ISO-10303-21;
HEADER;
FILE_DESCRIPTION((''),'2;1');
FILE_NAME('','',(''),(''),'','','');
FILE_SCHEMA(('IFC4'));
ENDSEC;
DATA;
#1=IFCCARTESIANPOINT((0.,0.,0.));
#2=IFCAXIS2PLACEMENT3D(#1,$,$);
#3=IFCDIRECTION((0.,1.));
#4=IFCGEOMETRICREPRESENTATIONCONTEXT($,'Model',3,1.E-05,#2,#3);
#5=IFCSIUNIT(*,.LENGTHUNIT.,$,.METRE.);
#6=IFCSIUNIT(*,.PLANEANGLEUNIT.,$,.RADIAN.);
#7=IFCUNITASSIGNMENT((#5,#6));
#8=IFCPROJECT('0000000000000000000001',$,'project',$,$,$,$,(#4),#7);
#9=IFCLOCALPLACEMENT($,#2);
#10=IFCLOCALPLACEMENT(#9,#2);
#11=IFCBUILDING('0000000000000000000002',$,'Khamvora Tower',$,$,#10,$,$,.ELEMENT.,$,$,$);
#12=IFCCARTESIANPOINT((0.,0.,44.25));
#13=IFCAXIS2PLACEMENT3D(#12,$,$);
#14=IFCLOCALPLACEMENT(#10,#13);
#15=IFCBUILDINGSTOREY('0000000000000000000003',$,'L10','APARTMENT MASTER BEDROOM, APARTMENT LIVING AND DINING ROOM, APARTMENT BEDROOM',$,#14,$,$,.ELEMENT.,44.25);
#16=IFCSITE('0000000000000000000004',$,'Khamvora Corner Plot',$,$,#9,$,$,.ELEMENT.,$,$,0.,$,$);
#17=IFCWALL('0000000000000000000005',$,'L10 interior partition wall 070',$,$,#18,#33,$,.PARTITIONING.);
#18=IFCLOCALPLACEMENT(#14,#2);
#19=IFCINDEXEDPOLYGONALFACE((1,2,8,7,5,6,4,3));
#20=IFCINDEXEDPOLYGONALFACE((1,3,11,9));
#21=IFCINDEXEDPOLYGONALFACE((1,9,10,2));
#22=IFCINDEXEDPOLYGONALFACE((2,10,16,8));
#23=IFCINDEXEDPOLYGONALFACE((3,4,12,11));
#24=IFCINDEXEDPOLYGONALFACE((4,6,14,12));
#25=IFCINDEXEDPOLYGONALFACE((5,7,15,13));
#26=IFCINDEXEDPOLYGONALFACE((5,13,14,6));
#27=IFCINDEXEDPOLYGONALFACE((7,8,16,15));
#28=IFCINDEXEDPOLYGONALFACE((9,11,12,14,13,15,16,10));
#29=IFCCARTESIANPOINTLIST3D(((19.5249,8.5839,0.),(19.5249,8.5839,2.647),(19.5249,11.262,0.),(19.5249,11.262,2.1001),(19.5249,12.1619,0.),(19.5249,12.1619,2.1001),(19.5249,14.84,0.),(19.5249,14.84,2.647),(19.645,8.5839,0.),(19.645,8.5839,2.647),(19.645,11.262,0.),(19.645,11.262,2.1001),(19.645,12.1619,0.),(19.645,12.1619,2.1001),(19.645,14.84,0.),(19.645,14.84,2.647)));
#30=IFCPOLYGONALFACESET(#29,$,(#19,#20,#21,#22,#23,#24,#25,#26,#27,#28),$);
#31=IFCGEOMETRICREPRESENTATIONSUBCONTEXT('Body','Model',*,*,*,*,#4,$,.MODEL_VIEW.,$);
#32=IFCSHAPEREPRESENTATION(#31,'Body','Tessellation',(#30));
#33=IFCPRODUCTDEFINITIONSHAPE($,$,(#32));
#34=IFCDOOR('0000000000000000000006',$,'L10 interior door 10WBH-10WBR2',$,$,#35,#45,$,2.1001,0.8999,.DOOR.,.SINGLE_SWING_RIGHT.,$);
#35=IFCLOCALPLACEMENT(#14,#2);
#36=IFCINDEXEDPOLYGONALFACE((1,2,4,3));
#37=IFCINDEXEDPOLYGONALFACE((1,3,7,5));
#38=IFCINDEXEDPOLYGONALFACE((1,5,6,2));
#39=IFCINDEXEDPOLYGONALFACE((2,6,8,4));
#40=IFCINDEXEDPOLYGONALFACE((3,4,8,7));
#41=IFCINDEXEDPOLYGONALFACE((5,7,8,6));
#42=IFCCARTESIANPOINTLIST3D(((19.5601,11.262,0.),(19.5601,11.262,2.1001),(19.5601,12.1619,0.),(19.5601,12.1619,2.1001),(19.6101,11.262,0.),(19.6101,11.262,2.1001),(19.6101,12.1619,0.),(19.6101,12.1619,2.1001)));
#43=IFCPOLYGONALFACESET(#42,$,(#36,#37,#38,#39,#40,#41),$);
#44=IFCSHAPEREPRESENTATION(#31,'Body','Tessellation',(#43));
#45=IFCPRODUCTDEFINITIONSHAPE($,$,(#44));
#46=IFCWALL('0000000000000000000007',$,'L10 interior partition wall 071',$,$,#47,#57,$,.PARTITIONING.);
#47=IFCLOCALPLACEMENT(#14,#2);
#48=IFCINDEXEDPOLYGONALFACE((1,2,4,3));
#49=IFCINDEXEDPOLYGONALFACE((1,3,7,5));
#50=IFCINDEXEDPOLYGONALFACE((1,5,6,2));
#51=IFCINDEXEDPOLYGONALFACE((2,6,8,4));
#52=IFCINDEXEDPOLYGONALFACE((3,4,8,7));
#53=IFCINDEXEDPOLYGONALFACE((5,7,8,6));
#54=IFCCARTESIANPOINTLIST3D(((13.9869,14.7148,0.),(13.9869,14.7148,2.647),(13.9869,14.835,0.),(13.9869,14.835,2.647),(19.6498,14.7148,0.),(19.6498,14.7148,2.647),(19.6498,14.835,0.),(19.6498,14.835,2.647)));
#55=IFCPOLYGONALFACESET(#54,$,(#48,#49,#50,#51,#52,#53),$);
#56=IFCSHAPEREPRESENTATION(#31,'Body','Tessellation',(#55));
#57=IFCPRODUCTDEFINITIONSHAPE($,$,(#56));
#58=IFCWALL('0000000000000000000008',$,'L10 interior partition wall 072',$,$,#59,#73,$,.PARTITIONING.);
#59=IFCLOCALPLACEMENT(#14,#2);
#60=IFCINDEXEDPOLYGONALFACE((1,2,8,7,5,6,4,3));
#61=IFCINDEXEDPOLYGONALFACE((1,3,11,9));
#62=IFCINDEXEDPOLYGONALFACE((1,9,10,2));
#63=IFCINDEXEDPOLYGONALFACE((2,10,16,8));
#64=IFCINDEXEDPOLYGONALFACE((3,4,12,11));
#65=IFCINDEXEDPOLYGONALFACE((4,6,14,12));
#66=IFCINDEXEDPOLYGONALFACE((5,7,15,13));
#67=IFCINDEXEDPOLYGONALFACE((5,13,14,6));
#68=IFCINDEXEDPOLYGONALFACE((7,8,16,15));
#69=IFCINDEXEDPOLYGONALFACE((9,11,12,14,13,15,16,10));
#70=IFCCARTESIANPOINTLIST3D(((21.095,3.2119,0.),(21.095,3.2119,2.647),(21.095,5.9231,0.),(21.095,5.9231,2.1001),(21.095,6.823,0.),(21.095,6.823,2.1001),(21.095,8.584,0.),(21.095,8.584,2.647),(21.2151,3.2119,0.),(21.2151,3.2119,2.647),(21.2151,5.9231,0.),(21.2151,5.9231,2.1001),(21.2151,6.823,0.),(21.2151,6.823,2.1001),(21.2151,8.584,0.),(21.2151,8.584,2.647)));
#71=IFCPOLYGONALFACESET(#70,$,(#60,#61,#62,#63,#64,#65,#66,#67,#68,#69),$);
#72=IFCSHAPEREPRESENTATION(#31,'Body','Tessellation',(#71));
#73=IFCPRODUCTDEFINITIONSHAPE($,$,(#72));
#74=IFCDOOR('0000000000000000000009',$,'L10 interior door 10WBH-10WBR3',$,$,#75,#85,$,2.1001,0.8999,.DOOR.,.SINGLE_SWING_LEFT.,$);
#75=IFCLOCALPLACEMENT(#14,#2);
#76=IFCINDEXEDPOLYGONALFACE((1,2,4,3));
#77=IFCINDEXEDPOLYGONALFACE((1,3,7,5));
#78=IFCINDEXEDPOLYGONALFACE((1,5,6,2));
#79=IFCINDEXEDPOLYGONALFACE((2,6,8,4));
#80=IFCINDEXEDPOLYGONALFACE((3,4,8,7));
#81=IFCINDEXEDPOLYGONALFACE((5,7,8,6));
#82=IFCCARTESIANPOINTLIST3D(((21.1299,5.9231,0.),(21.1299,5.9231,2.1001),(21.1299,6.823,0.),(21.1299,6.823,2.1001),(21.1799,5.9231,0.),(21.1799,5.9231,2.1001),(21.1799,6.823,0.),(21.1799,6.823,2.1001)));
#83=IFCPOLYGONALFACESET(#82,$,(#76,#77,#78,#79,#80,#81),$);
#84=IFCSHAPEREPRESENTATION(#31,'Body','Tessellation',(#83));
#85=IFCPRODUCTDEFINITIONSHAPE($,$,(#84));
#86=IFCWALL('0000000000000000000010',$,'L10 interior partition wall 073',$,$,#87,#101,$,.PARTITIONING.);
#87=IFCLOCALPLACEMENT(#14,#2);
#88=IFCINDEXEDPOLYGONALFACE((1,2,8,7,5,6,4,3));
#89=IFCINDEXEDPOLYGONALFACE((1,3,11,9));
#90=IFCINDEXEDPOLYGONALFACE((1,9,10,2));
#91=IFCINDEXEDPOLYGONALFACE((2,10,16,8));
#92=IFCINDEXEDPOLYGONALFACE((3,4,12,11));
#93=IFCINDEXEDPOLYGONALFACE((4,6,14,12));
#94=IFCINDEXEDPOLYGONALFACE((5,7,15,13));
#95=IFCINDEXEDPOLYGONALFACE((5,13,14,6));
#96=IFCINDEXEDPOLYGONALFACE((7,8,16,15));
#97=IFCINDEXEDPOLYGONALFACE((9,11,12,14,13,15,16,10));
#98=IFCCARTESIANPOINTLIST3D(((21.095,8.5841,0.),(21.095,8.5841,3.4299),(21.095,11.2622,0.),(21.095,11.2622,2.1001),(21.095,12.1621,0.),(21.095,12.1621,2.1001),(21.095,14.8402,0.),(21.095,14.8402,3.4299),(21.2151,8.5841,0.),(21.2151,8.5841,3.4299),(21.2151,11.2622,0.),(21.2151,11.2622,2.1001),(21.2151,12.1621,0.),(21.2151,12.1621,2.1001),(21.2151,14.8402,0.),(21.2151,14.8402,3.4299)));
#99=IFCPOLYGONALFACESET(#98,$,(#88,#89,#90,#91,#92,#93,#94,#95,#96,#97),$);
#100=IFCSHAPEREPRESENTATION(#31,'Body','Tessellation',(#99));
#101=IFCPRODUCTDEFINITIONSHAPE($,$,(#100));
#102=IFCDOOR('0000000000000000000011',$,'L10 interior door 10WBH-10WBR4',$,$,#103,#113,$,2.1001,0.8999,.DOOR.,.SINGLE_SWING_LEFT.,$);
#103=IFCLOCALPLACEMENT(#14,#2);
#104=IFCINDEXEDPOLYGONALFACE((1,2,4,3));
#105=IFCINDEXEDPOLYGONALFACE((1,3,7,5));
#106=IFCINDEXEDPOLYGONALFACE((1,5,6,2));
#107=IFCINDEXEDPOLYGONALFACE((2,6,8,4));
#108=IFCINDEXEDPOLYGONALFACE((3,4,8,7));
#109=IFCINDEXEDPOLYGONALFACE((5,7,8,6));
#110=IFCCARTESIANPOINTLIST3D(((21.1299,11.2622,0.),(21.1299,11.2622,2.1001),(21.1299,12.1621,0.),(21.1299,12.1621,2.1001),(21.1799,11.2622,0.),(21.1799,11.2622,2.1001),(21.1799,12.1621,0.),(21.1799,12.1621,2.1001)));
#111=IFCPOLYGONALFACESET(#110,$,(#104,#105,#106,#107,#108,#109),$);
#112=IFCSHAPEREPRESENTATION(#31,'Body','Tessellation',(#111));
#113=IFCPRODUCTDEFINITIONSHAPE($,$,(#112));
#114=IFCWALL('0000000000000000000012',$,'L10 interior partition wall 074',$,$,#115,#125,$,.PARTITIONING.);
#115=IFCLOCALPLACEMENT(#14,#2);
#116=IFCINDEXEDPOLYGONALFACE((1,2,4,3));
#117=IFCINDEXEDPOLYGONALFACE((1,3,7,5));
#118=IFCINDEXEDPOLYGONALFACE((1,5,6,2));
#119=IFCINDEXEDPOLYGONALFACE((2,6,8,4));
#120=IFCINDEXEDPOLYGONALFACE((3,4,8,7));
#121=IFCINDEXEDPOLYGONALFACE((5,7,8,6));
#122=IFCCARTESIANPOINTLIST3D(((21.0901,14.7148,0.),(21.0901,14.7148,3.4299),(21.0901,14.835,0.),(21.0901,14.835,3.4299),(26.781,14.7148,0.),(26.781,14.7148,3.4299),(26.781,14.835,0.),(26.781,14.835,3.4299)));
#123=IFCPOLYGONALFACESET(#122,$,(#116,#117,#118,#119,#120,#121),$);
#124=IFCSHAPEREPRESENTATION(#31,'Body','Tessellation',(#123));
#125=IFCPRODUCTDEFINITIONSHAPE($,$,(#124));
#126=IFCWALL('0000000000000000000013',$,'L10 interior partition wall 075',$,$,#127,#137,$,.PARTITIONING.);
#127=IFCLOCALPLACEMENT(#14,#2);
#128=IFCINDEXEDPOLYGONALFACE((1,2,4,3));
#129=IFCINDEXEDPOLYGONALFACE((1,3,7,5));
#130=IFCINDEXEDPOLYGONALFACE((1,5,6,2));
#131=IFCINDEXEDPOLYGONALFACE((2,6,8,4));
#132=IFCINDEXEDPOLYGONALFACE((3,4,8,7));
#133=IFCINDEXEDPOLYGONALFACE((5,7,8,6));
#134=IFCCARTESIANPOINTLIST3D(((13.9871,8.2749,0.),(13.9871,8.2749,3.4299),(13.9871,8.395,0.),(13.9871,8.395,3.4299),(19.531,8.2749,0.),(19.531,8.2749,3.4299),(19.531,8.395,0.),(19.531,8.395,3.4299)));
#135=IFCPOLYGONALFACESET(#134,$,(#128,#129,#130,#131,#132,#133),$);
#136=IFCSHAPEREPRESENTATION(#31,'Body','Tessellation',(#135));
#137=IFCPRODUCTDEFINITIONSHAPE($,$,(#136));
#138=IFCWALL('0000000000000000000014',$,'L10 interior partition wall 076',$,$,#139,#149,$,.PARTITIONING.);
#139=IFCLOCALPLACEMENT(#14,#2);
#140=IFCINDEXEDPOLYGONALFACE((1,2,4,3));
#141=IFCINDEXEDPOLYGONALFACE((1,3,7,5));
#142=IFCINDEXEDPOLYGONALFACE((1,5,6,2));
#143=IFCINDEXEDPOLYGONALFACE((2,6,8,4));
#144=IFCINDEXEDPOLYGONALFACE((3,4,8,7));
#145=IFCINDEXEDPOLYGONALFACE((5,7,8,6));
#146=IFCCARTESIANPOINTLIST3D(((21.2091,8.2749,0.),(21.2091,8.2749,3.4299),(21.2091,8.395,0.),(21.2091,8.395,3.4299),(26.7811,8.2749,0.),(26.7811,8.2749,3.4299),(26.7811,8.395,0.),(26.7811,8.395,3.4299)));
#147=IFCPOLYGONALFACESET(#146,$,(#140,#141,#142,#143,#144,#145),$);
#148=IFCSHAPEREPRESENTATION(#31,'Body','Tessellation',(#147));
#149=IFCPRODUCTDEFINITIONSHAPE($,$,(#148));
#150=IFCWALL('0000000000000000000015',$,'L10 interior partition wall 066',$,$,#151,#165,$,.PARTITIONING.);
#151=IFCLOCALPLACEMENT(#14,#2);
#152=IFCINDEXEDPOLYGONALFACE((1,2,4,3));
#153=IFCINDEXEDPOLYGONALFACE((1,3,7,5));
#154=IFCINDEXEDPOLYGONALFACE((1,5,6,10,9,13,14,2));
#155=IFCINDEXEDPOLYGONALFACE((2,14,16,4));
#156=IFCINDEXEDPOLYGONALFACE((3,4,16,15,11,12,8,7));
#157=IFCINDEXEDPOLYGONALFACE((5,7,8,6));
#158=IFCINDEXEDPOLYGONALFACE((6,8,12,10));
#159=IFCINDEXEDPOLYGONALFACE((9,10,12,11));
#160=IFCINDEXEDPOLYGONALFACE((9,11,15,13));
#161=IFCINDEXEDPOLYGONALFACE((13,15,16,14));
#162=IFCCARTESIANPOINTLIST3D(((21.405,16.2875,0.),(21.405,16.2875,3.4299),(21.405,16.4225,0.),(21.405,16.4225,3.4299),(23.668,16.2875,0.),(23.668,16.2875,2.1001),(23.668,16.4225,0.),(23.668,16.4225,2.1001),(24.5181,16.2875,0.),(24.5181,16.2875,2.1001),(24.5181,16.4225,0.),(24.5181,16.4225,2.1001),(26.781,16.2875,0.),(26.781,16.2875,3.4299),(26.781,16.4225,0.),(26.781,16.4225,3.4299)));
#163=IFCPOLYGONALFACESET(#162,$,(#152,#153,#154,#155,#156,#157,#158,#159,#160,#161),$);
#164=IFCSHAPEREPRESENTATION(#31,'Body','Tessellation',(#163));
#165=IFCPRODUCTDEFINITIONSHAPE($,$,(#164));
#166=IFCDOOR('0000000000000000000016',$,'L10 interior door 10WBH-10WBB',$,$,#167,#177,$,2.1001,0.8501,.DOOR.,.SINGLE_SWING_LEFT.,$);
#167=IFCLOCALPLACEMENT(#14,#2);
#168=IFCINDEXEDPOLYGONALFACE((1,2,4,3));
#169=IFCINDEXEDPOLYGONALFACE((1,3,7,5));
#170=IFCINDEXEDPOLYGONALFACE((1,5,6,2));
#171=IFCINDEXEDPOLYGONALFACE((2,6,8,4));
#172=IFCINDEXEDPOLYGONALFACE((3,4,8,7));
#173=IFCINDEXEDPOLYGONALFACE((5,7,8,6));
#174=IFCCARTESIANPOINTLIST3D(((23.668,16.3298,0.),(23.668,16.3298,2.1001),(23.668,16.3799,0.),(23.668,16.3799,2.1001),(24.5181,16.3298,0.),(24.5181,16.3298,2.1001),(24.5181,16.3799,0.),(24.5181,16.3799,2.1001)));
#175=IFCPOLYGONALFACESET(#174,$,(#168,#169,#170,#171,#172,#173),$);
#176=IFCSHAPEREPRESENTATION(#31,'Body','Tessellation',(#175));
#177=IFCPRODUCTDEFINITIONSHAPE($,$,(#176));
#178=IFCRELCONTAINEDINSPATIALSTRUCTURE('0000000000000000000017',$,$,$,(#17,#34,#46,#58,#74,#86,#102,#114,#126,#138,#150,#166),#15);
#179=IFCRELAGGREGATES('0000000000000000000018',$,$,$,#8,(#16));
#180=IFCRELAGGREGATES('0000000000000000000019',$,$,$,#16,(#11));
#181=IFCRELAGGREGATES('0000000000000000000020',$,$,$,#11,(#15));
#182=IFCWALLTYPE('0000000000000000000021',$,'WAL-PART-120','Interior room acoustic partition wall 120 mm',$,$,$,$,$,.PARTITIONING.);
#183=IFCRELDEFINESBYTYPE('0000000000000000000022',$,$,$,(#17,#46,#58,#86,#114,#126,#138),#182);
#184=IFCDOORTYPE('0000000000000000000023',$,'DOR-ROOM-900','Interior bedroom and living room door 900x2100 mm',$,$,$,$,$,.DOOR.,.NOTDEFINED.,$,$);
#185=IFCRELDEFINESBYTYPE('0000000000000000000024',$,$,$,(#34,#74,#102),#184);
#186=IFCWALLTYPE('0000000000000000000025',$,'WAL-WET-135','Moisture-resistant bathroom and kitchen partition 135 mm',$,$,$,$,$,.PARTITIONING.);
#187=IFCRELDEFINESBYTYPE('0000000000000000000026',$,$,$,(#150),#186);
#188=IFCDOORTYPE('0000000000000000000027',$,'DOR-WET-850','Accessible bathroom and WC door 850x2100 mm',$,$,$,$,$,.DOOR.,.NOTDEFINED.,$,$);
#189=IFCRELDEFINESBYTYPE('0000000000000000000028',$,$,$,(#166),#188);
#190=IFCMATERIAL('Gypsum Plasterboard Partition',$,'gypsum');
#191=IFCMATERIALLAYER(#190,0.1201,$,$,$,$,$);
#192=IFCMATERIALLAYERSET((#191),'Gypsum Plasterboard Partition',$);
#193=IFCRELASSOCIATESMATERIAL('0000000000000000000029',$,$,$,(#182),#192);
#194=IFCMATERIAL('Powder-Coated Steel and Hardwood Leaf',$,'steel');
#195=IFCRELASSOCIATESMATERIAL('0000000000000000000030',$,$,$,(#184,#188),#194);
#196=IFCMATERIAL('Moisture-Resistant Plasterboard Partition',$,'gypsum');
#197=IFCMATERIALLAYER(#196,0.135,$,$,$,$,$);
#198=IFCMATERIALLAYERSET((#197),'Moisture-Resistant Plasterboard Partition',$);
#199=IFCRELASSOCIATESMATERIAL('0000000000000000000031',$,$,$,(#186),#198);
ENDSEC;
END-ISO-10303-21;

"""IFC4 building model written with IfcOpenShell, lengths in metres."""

from ifc_helpers import new_model, si_unit, direction, frame, frame_2d, origin, place, context, subcontext, project, spatial, rectangle, extrude, material, layer, layer_set, type_object, element, fill, save


model = new_model("IFC4")

# Units and contexts
model_context = context("Model", 3, precision=1e-05, world=origin(), true_north=direction((0.0, 1.0)))
body_context = subcontext(model_context, "Body", "Model", "MODEL_VIEW")
ifc_project = project(units=[si_unit("LENGTHUNIT", "METRE"), si_unit("PLANEANGLEUNIT", "RADIAN")], contexts=[model_context])

# Site, building, storey
site_placement = place(None, origin())
site = spatial("IfcSite", under=ifc_project, at=site_placement, Name="Khamvora Corner Plot", CompositionType="ELEMENT", RefElevation=0.0)
building_placement = place(site_placement, origin())
building = spatial("IfcBuilding", under=site, at=building_placement, Name="Khamvora Tower", CompositionType="ELEMENT")
storey_placement = place(building_placement, frame((0.0, 0.0, 44.25)))
storey = spatial("IfcBuildingStorey", under=building, at=storey_placement, Name="L10", Description="APARTMENT MASTER BEDROOM, APARTMENT LIVING AND DINING ROOM, APARTMENT BEDROOM", CompositionType="ELEMENT", Elevation=44.25)

# Shared definitions
ifc_material_1 = material(Name="Gypsum Plasterboard Partition", Category="gypsum")
ifc_layer_1 = layer(ifc_material_1, 0.1201)
ifc_layer_set_1 = layer_set([ifc_layer_1], Name="Gypsum Plasterboard Partition")
wall_type_1 = type_object("IfcWallType", Name="WAL-PART-120", Description="Interior room acoustic partition wall 120 mm", PredefinedType="PARTITIONING", material=ifc_layer_set_1)

# Wall, opening, door
ifc_material_2 = material(Name="Powder-Coated Steel and Hardwood Leaf", Category="steel")
door_type_1 = type_object("IfcDoorType", Name="DOR-ROOM-900", Description="Interior bedroom and living room door 900x2100 mm", OperationType="NOTDEFINED", PredefinedType="DOOR", material=ifc_material_2)
wall_1_placement = place(storey_placement, frame((19.585, 8.584, 0.0), z_axis=(0.0, 0.0, 1.0), x_axis=(0.0, 1.0, 0.0)))
wall_1 = element("IfcWall", 1, at=wall_1_placement, inside=storey, type_object=wall_type_1, Name="L10 interior partition wall 070", PredefinedType="PARTITIONING", context=body_context, shape_type="SweptSolid", body=[
    extrude(rectangle(XDim=6.2561, YDim=0.1201, at=frame_2d((3.1279, 0.0))), origin(), (0.0, 0.0, 1.0), 2.647),
])
opening_1_placement = place(wall_1_placement, frame((2.678, 0.0, 0.0)))
opening_1 = element("IfcOpeningElement", 2, at=opening_1_placement, cuts=wall_1, PredefinedType="OPENING", context=body_context, shape_type="SweptSolid", body=[
    extrude(rectangle(XDim=0.8999, YDim=2.1001, at=frame_2d((0.45, 1.05))), frame((0.0, 0.0701, 0.0), z_axis=(0.0, -1.0, 0.0), x_axis=(1.0, 0.0, 0.0)), (0.0, 0.0, 1.0), 0.1401),
])
door_1_placement = place(opening_1_placement, origin())
door_1 = element("IfcDoor", 3, at=door_1_placement, inside=storey, type_object=door_type_1, Name="L10 interior door 10WBH-10WBR2", OperationType="SINGLE_SWING_RIGHT", OverallHeight=2.1001, OverallWidth=0.8999, PredefinedType="DOOR", context=body_context, shape_type="SweptSolid", body=[
    extrude(rectangle(XDim=0.8999, YDim=2.1001, at=frame_2d((0.45, 1.05))), frame((0.0, 0.0249, 0.0), z_axis=(0.0, -1.0, 0.0), x_axis=(1.0, 0.0, 0.0)), (0.0, 0.0, 1.0), 0.05),
])
fill(opening_1, door_1)

# Wall
wall_2_placement = place(storey_placement, frame((19.6499, 14.7749, 0.0), z_axis=(0.0, 0.0, 1.0), x_axis=(-1.0, 0.0, 0.0)))
element("IfcWall", 4, at=wall_2_placement, inside=storey, type_object=wall_type_1, Name="L10 interior partition wall 071", PredefinedType="PARTITIONING", context=body_context, shape_type="SweptSolid", body=[
    extrude(rectangle(XDim=5.6628, YDim=0.1201, at=frame_2d((2.8315, 0.0))), origin(), (0.0, 0.0, 1.0), 2.647),
])

# Walls, openings, doors
wall_3_placement = place(storey_placement, frame((21.155, 8.584, 0.0), z_axis=(0.0, 0.0, 1.0), x_axis=(0.0, -1.0, 0.0)))
wall_3 = element("IfcWall", 5, at=wall_3_placement, inside=storey, type_object=wall_type_1, Name="L10 interior partition wall 072", PredefinedType="PARTITIONING", context=body_context, shape_type="SweptSolid", body=[
    extrude(rectangle(XDim=5.3721, YDim=0.1201, at=frame_2d((2.686, 0.0))), origin(), (0.0, 0.0, 1.0), 2.647),
])
opening_2_placement = place(wall_3_placement, frame((1.761, 0.0, 0.0)))
opening_2 = element("IfcOpeningElement", 6, at=opening_2_placement, cuts=wall_3, PredefinedType="OPENING", context=body_context, shape_type="SweptSolid", body=[
    extrude(rectangle(XDim=0.8999, YDim=2.1001, at=frame_2d((0.45, 1.05))), frame((0.0, 0.0701, 0.0), z_axis=(0.0, -1.0, 0.0), x_axis=(1.0, 0.0, 0.0)), (0.0, 0.0, 1.0), 0.1401),
])
door_2_placement = place(opening_2_placement, origin())
door_2 = element("IfcDoor", 7, at=door_2_placement, inside=storey, type_object=door_type_1, Name="L10 interior door 10WBH-10WBR3", OperationType="SINGLE_SWING_LEFT", OverallHeight=2.1001, OverallWidth=0.8999, PredefinedType="DOOR", context=body_context, shape_type="SweptSolid", body=[
    extrude(rectangle(XDim=0.8999, YDim=2.1001, at=frame_2d((0.45, 1.05))), frame((0.0, 0.0249, 0.0), z_axis=(0.0, -1.0, 0.0), x_axis=(1.0, 0.0, 0.0)), (0.0, 0.0, 1.0), 0.05),
])
fill(opening_2, door_2)
wall_4_placement = place(storey_placement, frame((21.155, 14.8401, 0.0), z_axis=(0.0, 0.0, 1.0), x_axis=(0.0, -1.0, 0.0)))
wall_4 = element("IfcWall", 8, at=wall_4_placement, inside=storey, type_object=wall_type_1, Name="L10 interior partition wall 073", PredefinedType="PARTITIONING", context=body_context, shape_type="SweptSolid", body=[
    extrude(rectangle(XDim=6.2561, YDim=0.1201, at=frame_2d((3.1279, 0.0))), origin(), (0.0, 0.0, 1.0), 3.4299),
])
opening_3_placement = place(wall_4_placement, frame((2.678, 0.0, 0.0)))
opening_3 = element("IfcOpeningElement", 9, at=opening_3_placement, cuts=wall_4, PredefinedType="OPENING", context=body_context, shape_type="SweptSolid", body=[
    extrude(rectangle(XDim=0.8999, YDim=2.1001, at=frame_2d((0.45, 1.05))), frame((0.0, 0.0701, 0.0), z_axis=(0.0, -1.0, 0.0), x_axis=(1.0, 0.0, 0.0)), (0.0, 0.0, 1.0), 0.1401),
])
door_3_placement = place(opening_3_placement, origin())
door_3 = element("IfcDoor", 10, at=door_3_placement, inside=storey, type_object=door_type_1, Name="L10 interior door 10WBH-10WBR4", OperationType="SINGLE_SWING_LEFT", OverallHeight=2.1001, OverallWidth=0.8999, PredefinedType="DOOR", context=body_context, shape_type="SweptSolid", body=[
    extrude(rectangle(XDim=0.8999, YDim=2.1001, at=frame_2d((0.45, 1.05))), frame((0.0, 0.0249, 0.0), z_axis=(0.0, -1.0, 0.0), x_axis=(1.0, 0.0, 0.0)), (0.0, 0.0, 1.0), 0.05),
])
fill(opening_3, door_3)

# Walls
wall_5_placement = place(storey_placement, frame((26.781, 14.7749, 0.0), z_axis=(0.0, 0.0, 1.0), x_axis=(-1.0, 0.0, 0.0)))
element("IfcWall", 11, at=wall_5_placement, inside=storey, type_object=wall_type_1, Name="L10 interior partition wall 074", PredefinedType="PARTITIONING", context=body_context, shape_type="SweptSolid", body=[
    extrude(rectangle(XDim=5.6909, YDim=0.1201, at=frame_2d((2.8455, 0.0))), origin(), (0.0, 0.0, 1.0), 3.4299),
])
wall_6_placement = place(storey_placement, frame((13.9871, 8.335, 0.0), z_axis=(0.0, 0.0, 1.0), x_axis=(1.0, 0.0, 0.0)))
element("IfcWall", 12, at=wall_6_placement, inside=storey, type_object=wall_type_1, Name="L10 interior partition wall 075", PredefinedType="PARTITIONING", context=body_context, shape_type="SweptSolid", body=[
    extrude(rectangle(XDim=5.5439, YDim=0.1201, at=frame_2d((2.772, 0.0))), origin(), (0.0, 0.0, 1.0), 3.4299),
])
wall_7_placement = place(storey_placement, frame((21.209, 8.335, 0.0), z_axis=(0.0, 0.0, 1.0), x_axis=(1.0, 0.0, 0.0)))
element("IfcWall", 13, at=wall_7_placement, inside=storey, type_object=wall_type_1, Name="L10 interior partition wall 076", PredefinedType="PARTITIONING", context=body_context, shape_type="SweptSolid", body=[
    extrude(rectangle(XDim=5.572, YDim=0.1201, at=frame_2d((2.7861, 0.0))), origin(), (0.0, 0.0, 1.0), 3.4299),
])

# Wall, opening, door
ifc_material_3 = material(Name="Moisture-Resistant Plasterboard Partition", Category="gypsum")
ifc_layer_2 = layer(ifc_material_3, 0.135)
ifc_layer_set_2 = layer_set([ifc_layer_2], Name="Moisture-Resistant Plasterboard Partition")
wall_type_2 = type_object("IfcWallType", Name="WAL-WET-135", Description="Moisture-resistant bathroom and kitchen partition 135 mm", PredefinedType="PARTITIONING", material=ifc_layer_set_2)
wall_8_placement = place(storey_placement, frame((21.405, 16.355, 0.0), z_axis=(0.0, 0.0, 1.0), x_axis=(1.0, 0.0, 0.0)))
wall_8 = element("IfcWall", 14, at=wall_8_placement, inside=storey, type_object=wall_type_2, Name="L10 interior partition wall 066", PredefinedType="PARTITIONING", context=body_context, shape_type="SweptSolid", body=[
    extrude(rectangle(XDim=5.376, YDim=0.135, at=frame_2d((2.688, 0.0))), origin(), (0.0, 0.0, 1.0), 3.4299),
])
opening_4_placement = place(wall_8_placement, frame((2.2629, 0.0, 0.0)))
opening_4 = element("IfcOpeningElement", 15, at=opening_4_placement, cuts=wall_8, PredefinedType="OPENING", context=body_context, shape_type="SweptSolid", body=[
    extrude(rectangle(XDim=0.8501, YDim=2.1001, at=frame_2d((0.425, 1.05))), frame((0.0, 0.0774, 0.0), z_axis=(0.0, -1.0, 0.0), x_axis=(1.0, 0.0, 0.0)), (0.0, 0.0, 1.0), 0.155),
])
door_type_2 = type_object("IfcDoorType", Name="DOR-WET-850", Description="Accessible bathroom and WC door 850x2100 mm", OperationType="NOTDEFINED", PredefinedType="DOOR", material=ifc_material_2)
door_4_placement = place(opening_4_placement, origin())
door_4 = element("IfcDoor", 16, at=door_4_placement, inside=storey, type_object=door_type_2, Name="L10 interior door 10WBH-10WBB", OperationType="SINGLE_SWING_LEFT", OverallHeight=2.1001, OverallWidth=0.8501, PredefinedType="DOOR", context=body_context, shape_type="SweptSolid", body=[
    extrude(rectangle(XDim=0.8501, YDim=2.1001, at=frame_2d((0.425, 1.05))), frame((0.0, 0.0249, 0.0), z_axis=(0.0, -1.0, 0.0), x_axis=(1.0, 0.0, 0.0)), (0.0, 0.0, 1.0), 0.05),
])
fill(opening_4, door_4)

save(model, "model.ifc")
